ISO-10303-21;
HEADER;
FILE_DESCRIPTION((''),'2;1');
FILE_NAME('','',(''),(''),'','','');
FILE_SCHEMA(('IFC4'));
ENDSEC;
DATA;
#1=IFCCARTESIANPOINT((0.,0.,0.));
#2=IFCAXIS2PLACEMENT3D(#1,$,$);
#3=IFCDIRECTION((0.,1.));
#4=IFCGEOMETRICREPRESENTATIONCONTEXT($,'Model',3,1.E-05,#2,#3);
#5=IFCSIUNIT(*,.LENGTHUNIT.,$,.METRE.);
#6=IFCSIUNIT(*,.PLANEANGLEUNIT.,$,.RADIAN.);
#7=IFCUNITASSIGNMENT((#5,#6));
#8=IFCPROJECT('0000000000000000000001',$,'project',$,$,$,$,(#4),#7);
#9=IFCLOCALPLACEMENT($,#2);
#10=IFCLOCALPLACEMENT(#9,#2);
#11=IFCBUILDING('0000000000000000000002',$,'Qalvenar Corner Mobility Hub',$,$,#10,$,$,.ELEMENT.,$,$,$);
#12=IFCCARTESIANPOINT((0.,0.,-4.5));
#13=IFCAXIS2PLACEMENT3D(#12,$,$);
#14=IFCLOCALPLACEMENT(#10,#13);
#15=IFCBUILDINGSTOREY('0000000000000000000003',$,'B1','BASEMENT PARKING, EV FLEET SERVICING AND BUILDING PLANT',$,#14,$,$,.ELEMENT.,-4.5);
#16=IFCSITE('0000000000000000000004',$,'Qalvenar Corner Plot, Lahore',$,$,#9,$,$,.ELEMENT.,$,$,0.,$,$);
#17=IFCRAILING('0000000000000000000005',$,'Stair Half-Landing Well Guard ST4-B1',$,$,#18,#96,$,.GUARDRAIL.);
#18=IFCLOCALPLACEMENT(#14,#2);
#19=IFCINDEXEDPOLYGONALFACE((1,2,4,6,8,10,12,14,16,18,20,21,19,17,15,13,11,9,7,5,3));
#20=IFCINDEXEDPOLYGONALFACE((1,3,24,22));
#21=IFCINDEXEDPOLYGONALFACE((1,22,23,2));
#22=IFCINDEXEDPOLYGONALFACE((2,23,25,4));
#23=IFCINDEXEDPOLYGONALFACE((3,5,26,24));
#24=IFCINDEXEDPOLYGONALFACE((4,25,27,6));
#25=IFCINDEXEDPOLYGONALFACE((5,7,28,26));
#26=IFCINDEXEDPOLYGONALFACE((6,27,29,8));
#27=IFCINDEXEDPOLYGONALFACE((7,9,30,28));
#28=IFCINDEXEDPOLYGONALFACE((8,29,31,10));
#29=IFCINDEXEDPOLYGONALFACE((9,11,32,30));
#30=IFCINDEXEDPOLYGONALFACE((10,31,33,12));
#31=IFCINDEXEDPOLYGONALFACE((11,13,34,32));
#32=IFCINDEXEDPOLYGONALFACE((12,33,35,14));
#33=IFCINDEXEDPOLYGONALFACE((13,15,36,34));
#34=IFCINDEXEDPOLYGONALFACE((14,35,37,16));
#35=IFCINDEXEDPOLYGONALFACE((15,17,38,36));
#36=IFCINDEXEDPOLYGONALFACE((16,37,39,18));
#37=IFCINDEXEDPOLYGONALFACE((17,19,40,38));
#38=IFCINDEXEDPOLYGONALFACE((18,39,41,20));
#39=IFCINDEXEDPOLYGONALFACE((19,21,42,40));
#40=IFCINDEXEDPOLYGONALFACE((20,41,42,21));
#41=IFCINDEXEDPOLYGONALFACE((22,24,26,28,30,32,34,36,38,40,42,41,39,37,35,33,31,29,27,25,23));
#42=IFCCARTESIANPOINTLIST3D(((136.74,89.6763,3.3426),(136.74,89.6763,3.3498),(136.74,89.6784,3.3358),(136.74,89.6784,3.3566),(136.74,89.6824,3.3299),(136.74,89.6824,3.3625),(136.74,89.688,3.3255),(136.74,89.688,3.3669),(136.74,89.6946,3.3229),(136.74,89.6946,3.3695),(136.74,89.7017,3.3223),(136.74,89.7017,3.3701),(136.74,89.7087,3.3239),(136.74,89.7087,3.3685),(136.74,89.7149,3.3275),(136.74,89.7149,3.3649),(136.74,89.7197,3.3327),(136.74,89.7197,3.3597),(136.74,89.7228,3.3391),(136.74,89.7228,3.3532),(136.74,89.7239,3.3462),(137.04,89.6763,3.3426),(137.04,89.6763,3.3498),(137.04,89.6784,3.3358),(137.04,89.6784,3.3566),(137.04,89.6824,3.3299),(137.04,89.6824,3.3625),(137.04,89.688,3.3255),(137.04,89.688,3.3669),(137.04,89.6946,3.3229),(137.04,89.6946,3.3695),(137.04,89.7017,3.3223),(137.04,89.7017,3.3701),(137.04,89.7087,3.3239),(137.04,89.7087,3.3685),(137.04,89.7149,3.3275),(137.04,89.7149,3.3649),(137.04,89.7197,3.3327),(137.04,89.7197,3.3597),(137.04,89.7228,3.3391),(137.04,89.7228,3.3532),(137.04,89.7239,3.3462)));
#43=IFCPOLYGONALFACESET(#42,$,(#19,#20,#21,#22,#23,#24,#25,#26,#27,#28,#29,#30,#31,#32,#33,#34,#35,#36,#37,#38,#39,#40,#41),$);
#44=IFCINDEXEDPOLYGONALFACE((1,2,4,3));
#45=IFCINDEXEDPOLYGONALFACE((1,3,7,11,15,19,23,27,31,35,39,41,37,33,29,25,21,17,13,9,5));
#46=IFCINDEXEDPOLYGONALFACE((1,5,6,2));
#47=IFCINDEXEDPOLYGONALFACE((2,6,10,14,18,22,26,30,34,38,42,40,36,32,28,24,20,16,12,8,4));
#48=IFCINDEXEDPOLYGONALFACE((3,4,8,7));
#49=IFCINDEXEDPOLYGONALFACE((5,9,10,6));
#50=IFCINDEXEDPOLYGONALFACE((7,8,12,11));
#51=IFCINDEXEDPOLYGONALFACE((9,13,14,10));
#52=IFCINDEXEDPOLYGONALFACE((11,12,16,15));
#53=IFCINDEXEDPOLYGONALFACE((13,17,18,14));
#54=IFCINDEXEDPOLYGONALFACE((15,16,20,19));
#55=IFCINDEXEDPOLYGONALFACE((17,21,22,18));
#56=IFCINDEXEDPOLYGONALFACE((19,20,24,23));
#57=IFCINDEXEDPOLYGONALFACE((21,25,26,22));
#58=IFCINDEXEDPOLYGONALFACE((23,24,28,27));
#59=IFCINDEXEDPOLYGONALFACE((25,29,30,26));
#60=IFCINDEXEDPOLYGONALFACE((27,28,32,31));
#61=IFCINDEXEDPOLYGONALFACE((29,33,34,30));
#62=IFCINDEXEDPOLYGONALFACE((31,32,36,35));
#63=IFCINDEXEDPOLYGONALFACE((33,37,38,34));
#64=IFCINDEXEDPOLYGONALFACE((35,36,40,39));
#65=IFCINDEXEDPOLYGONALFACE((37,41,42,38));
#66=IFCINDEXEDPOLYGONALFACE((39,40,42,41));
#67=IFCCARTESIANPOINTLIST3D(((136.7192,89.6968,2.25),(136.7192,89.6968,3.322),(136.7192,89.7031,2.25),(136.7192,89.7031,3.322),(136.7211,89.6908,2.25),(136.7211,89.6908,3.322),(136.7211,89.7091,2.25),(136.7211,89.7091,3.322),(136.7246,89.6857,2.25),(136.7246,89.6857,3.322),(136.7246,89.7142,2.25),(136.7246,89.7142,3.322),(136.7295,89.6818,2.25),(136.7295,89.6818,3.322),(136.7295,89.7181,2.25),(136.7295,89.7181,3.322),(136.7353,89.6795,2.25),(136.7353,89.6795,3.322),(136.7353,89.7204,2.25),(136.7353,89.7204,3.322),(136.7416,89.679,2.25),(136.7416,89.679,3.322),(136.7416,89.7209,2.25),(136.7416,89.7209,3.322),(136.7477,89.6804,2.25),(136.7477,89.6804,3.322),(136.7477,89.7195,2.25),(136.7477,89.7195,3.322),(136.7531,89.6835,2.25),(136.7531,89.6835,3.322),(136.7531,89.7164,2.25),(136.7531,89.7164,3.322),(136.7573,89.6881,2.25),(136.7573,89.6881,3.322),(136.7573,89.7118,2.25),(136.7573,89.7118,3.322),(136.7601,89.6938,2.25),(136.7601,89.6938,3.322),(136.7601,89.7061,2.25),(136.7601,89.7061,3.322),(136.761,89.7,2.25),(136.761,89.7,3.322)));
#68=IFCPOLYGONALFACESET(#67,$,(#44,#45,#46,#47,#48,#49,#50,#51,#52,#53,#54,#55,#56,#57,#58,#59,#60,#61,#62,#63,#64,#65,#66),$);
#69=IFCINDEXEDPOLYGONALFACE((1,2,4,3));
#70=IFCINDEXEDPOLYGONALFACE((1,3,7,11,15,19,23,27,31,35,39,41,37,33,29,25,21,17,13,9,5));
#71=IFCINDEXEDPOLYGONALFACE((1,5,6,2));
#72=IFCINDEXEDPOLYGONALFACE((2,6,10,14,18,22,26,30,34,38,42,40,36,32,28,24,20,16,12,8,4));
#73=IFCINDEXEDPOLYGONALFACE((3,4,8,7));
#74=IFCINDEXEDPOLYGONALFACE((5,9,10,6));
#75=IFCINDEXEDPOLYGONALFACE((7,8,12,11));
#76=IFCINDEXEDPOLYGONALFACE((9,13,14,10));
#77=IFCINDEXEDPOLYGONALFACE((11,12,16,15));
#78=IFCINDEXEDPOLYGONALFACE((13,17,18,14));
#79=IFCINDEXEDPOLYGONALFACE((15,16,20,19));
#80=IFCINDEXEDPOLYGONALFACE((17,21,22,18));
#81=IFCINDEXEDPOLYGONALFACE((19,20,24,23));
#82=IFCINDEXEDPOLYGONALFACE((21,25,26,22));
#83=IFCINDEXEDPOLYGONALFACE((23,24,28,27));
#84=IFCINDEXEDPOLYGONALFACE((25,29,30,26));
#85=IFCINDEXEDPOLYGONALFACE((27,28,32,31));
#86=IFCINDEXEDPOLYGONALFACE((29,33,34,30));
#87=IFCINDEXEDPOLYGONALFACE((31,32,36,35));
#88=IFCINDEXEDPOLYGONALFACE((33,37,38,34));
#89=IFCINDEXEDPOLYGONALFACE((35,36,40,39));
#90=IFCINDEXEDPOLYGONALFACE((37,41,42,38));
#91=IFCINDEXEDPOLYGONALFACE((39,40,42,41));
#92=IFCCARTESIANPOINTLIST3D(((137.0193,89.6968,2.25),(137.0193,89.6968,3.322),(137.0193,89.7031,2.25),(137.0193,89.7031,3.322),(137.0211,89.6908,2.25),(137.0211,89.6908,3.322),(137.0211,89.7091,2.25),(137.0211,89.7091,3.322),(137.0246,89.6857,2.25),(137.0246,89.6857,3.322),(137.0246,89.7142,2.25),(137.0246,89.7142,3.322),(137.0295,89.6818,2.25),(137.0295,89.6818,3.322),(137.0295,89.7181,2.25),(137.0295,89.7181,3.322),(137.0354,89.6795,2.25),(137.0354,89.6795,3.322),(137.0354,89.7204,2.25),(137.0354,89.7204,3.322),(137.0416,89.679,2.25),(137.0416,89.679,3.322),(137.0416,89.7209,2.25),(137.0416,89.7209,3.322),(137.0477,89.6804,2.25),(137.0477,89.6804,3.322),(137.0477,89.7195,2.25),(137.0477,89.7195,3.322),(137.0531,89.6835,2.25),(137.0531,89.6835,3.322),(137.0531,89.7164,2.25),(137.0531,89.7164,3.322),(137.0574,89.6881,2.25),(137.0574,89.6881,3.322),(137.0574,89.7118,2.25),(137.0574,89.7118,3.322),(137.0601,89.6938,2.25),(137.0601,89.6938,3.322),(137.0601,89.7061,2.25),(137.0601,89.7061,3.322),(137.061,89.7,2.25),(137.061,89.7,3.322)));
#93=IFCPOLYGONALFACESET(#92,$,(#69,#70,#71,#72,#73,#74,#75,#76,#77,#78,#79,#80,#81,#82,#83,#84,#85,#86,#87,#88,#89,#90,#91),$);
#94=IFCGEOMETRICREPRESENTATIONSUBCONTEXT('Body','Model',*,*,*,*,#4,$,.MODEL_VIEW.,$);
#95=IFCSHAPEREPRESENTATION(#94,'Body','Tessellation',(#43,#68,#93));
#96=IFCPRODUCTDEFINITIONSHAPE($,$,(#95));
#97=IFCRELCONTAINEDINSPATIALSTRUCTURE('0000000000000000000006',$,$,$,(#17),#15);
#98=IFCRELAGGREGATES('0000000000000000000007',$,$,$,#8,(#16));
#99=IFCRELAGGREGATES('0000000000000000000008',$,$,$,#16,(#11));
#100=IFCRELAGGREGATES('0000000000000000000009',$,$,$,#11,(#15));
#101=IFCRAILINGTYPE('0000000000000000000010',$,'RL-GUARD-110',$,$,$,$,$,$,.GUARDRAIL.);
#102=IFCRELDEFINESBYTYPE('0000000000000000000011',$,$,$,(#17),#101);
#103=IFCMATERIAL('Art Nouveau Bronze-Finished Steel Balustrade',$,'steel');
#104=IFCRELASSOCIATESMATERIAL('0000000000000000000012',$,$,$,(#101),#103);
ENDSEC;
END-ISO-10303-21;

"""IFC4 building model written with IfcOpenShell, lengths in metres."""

from ifc_helpers import new_model, si_unit, direction, frame, origin, origin_2d, place, context, subcontext, project, spatial, circle, extrude, material, type_object, element, save


model = new_model("IFC4")

# Units and contexts
model_context = context("Model", 3, precision=1e-05, world=origin(), true_north=direction((0.0, 1.0)))
body_context = subcontext(model_context, "Body", "Model", "MODEL_VIEW")
ifc_project = project(units=[si_unit("LENGTHUNIT", "METRE"), si_unit("PLANEANGLEUNIT", "RADIAN")], contexts=[model_context])

# Site, building, storey
site_placement = place(None, origin())
site = spatial("IfcSite", under=ifc_project, at=site_placement, Name="Qalvenar Corner Plot, Lahore", CompositionType="ELEMENT", RefElevation=0.0)
building_placement = place(site_placement, origin())
building = spatial("IfcBuilding", under=site, at=building_placement, Name="Qalvenar Corner Mobility Hub", CompositionType="ELEMENT")
storey_placement = place(building_placement, frame((0.0, 0.0, -4.5)))
storey = spatial("IfcBuildingStorey", under=building, at=storey_placement, Name="B1", Description="BASEMENT PARKING, EV FLEET SERVICING AND BUILDING PLANT", CompositionType="ELEMENT", Elevation=-4.5)

# Railing
ifc_material_1 = material(Name="Art Nouveau Bronze-Finished Steel Balustrade", Category="steel")
railing_type_1 = type_object("IfcRailingType", Name="RL-GUARD-110", PredefinedType="GUARDRAIL", material=ifc_material_1)
railing_1_placement = place(storey_placement, frame((136.74, 89.7, 2.25)))
element("IfcRailing", 1, at=railing_1_placement, inside=storey, type_object=railing_type_1, Name="Stair Half-Landing Well Guard ST4-B1", PredefinedType="GUARDRAIL", context=body_context, shape_type="SweptSolid", body=[
    extrude(circle(Radius=0.0239, at=origin_2d()), frame((0.0, 0.0, 1.0962), z_axis=(1.0, 0.0, 0.0), x_axis=(0.0, 1.0, 0.0)), (0.0, 0.0, 1.0), 0.3),
    extrude(circle(Radius=0.021, at=origin_2d()), origin(), (0.0, 0.0, 1.0), 1.072),
    extrude(circle(Radius=0.021, at=origin_2d()), frame((0.3, 0.0, 0.0)), (0.0, 0.0, 1.0), 1.072),
])

save(model, "model.ifc")
